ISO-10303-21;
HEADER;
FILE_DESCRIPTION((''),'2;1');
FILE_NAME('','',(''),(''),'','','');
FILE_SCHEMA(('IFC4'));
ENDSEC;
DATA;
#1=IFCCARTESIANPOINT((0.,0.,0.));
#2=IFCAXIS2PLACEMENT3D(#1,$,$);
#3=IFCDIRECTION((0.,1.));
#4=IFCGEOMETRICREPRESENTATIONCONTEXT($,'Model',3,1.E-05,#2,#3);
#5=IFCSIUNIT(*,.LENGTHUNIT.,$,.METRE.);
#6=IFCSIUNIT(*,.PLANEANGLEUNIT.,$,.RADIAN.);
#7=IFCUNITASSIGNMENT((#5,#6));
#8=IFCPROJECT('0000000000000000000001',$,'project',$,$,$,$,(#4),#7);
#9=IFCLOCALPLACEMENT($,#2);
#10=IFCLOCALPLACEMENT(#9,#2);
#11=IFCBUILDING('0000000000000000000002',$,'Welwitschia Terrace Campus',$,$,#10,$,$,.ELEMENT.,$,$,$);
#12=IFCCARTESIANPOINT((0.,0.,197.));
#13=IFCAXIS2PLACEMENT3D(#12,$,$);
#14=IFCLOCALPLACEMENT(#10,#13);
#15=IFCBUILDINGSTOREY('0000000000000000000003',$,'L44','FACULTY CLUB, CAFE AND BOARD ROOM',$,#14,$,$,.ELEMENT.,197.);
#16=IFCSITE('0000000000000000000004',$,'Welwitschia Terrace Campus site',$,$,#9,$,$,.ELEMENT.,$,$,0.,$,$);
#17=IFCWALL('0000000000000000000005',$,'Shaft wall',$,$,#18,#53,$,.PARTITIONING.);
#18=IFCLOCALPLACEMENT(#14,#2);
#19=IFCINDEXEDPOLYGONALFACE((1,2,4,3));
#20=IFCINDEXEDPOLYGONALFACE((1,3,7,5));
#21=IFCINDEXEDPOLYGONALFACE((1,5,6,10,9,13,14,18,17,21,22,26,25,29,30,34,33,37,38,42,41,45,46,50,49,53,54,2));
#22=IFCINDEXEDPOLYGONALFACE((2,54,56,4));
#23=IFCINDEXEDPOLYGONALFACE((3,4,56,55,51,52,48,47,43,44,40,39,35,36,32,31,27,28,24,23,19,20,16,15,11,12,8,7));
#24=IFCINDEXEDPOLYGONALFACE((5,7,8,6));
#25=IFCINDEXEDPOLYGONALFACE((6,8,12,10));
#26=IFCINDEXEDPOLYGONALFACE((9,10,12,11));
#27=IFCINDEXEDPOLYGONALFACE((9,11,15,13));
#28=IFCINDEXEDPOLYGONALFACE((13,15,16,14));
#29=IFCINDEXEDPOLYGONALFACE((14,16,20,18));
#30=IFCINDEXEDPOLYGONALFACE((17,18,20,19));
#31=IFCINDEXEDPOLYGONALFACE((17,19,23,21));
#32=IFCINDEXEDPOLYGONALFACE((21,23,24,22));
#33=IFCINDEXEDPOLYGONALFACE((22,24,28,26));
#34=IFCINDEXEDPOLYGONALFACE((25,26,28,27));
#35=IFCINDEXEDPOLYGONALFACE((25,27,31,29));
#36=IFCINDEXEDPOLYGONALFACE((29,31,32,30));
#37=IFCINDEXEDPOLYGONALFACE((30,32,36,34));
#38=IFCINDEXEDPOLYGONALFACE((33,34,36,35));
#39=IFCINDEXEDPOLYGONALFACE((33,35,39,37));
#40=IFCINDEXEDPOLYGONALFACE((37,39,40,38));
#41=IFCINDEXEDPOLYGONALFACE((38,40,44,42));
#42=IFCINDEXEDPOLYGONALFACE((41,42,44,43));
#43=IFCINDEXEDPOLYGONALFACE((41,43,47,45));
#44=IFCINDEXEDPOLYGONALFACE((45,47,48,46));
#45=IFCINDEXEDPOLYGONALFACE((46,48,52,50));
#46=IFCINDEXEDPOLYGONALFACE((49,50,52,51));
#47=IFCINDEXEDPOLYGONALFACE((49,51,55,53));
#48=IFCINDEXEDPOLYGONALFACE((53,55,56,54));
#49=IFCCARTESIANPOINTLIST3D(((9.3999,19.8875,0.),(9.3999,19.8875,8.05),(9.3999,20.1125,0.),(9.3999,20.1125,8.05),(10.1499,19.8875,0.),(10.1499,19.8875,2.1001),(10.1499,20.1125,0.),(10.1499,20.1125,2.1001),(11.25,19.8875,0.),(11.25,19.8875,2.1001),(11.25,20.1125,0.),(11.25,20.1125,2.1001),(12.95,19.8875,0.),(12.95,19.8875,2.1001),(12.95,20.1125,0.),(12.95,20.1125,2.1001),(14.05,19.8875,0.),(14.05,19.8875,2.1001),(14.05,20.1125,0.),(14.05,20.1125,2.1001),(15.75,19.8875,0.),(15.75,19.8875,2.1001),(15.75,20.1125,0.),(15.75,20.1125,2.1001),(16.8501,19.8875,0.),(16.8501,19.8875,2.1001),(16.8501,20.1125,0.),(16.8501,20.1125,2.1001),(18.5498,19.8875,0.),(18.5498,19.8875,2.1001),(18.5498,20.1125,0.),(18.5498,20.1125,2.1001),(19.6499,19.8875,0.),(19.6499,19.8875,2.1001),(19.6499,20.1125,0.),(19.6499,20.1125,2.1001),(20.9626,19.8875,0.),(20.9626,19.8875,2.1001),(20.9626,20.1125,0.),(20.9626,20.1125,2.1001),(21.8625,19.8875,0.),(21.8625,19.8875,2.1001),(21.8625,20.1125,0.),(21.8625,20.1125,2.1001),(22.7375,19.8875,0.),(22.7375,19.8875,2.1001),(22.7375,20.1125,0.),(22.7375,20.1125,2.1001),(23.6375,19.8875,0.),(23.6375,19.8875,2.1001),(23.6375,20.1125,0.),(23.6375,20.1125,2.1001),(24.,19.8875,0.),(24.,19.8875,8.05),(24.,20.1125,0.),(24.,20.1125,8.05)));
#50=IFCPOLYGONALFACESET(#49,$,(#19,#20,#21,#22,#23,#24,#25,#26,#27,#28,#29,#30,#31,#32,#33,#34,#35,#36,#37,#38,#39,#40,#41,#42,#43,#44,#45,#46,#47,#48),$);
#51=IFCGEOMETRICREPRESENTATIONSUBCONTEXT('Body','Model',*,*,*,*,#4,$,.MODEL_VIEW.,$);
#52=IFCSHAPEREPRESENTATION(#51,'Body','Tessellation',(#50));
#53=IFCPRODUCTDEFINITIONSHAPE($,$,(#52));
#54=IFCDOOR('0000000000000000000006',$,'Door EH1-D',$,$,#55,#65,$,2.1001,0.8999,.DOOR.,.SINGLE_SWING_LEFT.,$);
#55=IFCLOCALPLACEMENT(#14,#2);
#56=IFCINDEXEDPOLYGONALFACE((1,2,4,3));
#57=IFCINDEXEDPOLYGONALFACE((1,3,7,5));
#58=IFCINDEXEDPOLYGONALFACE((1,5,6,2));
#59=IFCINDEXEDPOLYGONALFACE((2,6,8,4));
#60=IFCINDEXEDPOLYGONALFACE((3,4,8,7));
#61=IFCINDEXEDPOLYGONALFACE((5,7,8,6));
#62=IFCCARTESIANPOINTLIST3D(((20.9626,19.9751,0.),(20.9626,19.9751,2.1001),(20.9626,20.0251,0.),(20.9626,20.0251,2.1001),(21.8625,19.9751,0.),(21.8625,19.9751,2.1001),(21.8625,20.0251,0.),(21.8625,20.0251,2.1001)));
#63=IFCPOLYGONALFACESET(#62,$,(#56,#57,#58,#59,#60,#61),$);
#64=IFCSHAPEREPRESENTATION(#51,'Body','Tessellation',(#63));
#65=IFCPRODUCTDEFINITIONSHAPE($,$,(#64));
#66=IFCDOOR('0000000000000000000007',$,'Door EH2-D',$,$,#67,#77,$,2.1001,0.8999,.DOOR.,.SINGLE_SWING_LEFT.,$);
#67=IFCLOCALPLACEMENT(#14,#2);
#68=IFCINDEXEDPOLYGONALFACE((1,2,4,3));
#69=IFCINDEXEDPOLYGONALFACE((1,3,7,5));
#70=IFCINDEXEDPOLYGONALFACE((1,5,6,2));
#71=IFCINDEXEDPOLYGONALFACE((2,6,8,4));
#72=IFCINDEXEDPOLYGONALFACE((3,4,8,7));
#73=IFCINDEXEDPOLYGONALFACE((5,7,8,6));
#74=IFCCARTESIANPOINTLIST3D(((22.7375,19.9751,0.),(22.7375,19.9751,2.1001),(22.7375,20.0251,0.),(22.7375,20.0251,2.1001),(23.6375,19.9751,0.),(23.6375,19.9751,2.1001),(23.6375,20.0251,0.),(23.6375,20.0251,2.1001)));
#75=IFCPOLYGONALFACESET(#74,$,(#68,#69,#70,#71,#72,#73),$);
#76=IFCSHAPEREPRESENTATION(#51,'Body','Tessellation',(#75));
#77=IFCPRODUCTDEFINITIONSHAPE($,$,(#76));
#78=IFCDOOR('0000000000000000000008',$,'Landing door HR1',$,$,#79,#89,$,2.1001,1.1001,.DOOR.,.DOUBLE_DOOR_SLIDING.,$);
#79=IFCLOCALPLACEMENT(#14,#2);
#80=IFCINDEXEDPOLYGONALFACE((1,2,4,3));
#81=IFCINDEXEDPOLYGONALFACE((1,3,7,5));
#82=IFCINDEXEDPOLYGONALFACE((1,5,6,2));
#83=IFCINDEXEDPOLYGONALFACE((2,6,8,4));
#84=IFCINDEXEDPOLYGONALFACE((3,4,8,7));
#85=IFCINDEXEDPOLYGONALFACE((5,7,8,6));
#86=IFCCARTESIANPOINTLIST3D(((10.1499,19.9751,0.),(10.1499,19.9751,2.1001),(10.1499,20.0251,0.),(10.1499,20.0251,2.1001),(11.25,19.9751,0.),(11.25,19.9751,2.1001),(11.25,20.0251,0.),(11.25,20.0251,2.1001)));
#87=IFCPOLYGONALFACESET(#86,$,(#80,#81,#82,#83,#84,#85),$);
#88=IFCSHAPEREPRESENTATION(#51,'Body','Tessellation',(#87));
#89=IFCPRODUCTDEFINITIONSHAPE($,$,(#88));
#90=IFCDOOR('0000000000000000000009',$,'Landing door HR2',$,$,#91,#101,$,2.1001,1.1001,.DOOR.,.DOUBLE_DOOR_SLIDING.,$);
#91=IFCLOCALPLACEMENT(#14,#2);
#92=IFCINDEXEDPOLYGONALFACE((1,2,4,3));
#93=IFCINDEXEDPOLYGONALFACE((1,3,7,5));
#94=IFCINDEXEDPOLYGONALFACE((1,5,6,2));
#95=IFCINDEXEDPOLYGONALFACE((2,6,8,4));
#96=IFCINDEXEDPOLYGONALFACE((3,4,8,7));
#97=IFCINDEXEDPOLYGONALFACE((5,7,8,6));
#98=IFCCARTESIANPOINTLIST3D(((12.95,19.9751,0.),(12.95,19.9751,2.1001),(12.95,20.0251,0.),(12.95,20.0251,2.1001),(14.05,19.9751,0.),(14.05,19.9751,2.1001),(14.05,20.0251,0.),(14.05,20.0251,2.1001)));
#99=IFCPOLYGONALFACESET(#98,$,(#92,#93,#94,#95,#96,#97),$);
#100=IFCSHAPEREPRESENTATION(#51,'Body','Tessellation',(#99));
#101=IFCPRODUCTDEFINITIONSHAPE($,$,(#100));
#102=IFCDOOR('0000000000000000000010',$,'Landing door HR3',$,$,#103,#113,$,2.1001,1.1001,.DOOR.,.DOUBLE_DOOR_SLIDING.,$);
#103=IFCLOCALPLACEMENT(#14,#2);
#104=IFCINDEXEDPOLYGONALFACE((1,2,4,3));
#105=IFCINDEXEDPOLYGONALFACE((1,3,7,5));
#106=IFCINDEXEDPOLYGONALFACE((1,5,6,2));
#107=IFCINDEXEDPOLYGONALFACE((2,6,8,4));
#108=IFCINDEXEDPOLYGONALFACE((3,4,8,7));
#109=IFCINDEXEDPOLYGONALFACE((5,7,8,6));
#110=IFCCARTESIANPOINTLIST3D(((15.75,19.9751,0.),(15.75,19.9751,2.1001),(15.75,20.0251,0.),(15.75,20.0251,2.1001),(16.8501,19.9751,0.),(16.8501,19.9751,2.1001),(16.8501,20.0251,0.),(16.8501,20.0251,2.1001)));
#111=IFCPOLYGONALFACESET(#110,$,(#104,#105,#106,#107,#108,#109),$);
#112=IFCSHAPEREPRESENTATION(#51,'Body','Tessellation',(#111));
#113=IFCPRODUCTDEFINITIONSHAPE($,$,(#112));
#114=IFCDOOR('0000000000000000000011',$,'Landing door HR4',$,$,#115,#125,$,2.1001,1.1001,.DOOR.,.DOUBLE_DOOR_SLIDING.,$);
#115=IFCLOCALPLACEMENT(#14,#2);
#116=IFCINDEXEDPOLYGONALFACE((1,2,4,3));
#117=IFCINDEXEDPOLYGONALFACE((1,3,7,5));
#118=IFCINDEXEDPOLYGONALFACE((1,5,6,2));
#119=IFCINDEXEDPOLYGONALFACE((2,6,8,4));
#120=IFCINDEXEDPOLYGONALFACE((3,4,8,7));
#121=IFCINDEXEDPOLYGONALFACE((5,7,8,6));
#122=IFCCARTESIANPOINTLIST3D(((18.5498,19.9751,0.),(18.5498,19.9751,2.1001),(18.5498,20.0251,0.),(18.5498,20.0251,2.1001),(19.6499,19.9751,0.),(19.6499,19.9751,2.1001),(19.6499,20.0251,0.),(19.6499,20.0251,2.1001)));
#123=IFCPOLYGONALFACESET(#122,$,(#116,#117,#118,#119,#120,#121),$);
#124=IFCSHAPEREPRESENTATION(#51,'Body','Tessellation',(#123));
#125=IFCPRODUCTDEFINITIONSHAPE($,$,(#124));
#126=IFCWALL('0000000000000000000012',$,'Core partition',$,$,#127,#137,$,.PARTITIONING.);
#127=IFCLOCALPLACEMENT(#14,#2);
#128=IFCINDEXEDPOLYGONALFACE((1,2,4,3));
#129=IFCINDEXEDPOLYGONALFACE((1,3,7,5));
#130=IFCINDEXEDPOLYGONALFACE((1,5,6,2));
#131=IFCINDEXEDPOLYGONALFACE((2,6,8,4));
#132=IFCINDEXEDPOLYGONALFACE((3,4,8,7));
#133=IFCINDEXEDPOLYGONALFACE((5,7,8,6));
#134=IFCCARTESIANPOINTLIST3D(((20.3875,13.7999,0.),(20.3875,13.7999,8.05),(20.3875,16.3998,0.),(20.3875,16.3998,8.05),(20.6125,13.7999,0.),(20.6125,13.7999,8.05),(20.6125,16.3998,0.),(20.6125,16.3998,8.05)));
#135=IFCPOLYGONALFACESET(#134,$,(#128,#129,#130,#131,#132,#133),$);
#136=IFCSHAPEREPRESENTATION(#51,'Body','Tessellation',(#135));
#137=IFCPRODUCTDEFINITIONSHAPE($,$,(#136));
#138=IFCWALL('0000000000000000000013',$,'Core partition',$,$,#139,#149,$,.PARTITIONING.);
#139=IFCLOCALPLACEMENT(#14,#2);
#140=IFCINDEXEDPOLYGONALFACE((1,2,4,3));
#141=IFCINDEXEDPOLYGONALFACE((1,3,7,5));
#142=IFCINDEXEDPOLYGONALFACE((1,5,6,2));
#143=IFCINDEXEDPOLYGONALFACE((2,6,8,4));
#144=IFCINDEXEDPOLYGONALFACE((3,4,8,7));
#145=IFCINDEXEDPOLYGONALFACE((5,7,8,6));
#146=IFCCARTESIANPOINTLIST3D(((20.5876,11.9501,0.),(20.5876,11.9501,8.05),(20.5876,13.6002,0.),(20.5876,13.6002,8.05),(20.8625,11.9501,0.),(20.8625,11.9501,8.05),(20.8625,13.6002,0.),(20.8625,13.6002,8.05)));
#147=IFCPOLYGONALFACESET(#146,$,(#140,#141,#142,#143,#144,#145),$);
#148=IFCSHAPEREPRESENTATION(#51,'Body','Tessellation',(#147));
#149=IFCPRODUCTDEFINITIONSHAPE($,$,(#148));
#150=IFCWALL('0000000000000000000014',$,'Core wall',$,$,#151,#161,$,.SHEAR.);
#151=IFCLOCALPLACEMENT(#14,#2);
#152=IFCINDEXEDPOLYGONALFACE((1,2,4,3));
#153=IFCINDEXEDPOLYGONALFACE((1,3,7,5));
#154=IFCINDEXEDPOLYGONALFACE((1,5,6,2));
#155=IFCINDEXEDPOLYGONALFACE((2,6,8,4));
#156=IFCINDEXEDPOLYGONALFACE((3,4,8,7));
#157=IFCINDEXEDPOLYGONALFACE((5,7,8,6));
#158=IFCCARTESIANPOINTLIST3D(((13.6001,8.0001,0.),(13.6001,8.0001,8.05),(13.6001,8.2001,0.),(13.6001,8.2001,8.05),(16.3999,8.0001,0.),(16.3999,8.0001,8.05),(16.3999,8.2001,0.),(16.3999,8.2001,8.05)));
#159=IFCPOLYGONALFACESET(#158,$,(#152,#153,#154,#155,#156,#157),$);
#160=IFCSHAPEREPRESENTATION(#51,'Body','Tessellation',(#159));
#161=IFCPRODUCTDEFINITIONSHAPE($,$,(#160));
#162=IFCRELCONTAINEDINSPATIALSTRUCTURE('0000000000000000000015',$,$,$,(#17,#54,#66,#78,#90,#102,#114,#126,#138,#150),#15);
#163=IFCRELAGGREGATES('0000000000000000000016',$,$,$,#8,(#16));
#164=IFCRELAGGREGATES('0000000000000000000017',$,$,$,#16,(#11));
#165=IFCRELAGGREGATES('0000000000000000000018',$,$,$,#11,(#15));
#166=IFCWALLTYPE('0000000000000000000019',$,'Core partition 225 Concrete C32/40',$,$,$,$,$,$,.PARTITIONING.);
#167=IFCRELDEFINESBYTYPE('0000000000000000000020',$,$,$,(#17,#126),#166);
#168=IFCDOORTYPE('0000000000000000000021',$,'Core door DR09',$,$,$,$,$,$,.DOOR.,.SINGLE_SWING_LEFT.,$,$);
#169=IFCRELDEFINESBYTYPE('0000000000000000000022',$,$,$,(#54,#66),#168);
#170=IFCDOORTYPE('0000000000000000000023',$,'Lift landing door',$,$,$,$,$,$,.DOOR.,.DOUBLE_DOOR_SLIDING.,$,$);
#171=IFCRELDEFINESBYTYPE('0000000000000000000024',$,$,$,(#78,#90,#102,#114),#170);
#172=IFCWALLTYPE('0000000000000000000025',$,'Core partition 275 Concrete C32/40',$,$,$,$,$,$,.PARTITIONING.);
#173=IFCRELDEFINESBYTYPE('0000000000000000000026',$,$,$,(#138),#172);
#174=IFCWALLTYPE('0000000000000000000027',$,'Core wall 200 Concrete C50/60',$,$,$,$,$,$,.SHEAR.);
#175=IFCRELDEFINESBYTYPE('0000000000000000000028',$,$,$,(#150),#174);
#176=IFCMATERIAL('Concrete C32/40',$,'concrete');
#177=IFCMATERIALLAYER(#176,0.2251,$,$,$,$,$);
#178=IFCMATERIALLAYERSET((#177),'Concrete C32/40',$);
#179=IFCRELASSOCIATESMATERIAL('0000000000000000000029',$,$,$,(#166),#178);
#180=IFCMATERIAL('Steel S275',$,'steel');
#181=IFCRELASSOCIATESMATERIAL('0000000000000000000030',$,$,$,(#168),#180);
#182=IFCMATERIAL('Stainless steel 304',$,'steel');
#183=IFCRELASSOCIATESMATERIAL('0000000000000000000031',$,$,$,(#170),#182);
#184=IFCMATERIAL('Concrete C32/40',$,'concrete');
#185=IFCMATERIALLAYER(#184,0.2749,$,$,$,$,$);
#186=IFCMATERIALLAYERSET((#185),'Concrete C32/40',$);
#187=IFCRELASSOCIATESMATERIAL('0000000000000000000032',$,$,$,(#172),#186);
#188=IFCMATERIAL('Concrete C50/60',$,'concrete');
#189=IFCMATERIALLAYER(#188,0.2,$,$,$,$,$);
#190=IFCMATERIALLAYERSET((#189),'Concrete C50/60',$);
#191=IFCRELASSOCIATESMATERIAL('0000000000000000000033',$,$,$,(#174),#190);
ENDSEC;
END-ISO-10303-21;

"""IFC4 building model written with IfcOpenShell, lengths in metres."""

from ifc_helpers import new_model, si_unit, direction, frame, frame_2d, origin, place, context, subcontext, project, spatial, rectangle, extrude, material, layer, layer_set, type_object, element, fill, save


model = new_model("IFC4")

# Units and contexts
model_context = context("Model", 3, precision=1e-05, world=origin(), true_north=direction((0.0, 1.0)))
body_context = subcontext(model_context, "Body", "Model", "MODEL_VIEW")
ifc_project = project(units=[si_unit("LENGTHUNIT", "METRE"), si_unit("PLANEANGLEUNIT", "RADIAN")], contexts=[model_context])

# Site, building, storey
site_placement = place(None, origin())
site = spatial("IfcSite", under=ifc_project, at=site_placement, Name="Welwitschia Terrace Campus site", CompositionType="ELEMENT", RefElevation=0.0)
building_placement = place(site_placement, origin())
building = spatial("IfcBuilding", under=site, at=building_placement, Name="Welwitschia Terrace Campus", CompositionType="ELEMENT")
storey_placement = place(building_placement, frame((0.0, 0.0, 197.0)))
storey = spatial("IfcBuildingStorey", under=building, at=storey_placement, Name="L44", Description="FACULTY CLUB, CAFE AND BOARD ROOM", CompositionType="ELEMENT", Elevation=197.0)

# Shared definitions
ifc_material_1 = material(Name="Concrete C32/40", Category="concrete")
ifc_layer_1 = layer(ifc_material_1, 0.2251)
ifc_layer_set_1 = layer_set([ifc_layer_1], Name="Concrete C32/40")
wall_type_1 = type_object("IfcWallType", Name="Core partition 225 Concrete C32/40", PredefinedType="PARTITIONING", material=ifc_layer_set_1)

# Wall, openings, doors
wall_1_placement = place(storey_placement, frame((24.0, 20.0, 0.0), z_axis=(0.0, 0.0, 1.0), x_axis=(-1.0, 0.0, 0.0)))
wall_1 = element("IfcWall", 1, at=wall_1_placement, inside=storey, type_object=wall_type_1, Name="Shaft wall", PredefinedType="PARTITIONING", context=body_context, shape_type="SweptSolid", body=[
    extrude(rectangle(XDim=14.6001, YDim=0.2251, at=frame_2d((7.3, 0.0))), origin(), (0.0, 0.0, 1.0), 8.05),
])
opening_1_placement = place(wall_1_placement, frame((12.75, 0.0, 0.0)))
opening_1 = element("IfcOpeningElement", 2, at=opening_1_placement, cuts=wall_1, PredefinedType="OPENING", context=body_context, shape_type="SweptSolid", body=[
    extrude(rectangle(XDim=1.1001, YDim=2.1001, at=frame_2d((0.55, 1.05))), frame((0.0, 0.1226, 0.0), z_axis=(0.0, -1.0, 0.0), x_axis=(1.0, 0.0, 0.0)), (0.0, 0.0, 1.0), 0.2451),
])
opening_2_placement = place(wall_1_placement, frame((9.95, 0.0, 0.0)))
opening_2 = element("IfcOpeningElement", 3, at=opening_2_placement, cuts=wall_1, PredefinedType="OPENING", context=body_context, shape_type="SweptSolid", body=[
    extrude(rectangle(XDim=1.1001, YDim=2.1001, at=frame_2d((0.55, 1.05))), frame((0.0, 0.1226, 0.0), z_axis=(0.0, -1.0, 0.0), x_axis=(1.0, 0.0, 0.0)), (0.0, 0.0, 1.0), 0.2451),
])
opening_3_placement = place(wall_1_placement, frame((7.1499, 0.0, 0.0)))
opening_3 = element("IfcOpeningElement", 4, at=opening_3_placement, cuts=wall_1, PredefinedType="OPENING", context=body_context, shape_type="SweptSolid", body=[
    extrude(rectangle(XDim=1.1001, YDim=2.1001, at=frame_2d((0.55, 1.05))), frame((0.0, 0.1226, 0.0), z_axis=(0.0, -1.0, 0.0), x_axis=(1.0, 0.0, 0.0)), (0.0, 0.0, 1.0), 0.2451),
])
opening_4_placement = place(wall_1_placement, frame((4.3501, 0.0, 0.0)))
opening_4 = element("IfcOpeningElement", 5, at=opening_4_placement, cuts=wall_1, PredefinedType="OPENING", context=body_context, shape_type="SweptSolid", body=[
    extrude(rectangle(XDim=1.1001, YDim=2.1001, at=frame_2d((0.55, 1.05))), frame((0.0, 0.1226, 0.0), z_axis=(0.0, -1.0, 0.0), x_axis=(1.0, 0.0, 0.0)), (0.0, 0.0, 1.0), 0.2451),
])
opening_5_placement = place(wall_1_placement, frame((2.1375, 0.0, 0.0)))
opening_5 = element("IfcOpeningElement", 6, at=opening_5_placement, cuts=wall_1, PredefinedType="OPENING", context=body_context, shape_type="SweptSolid", body=[
    extrude(rectangle(XDim=0.8999, YDim=2.1001, at=frame_2d((0.45, 1.05))), frame((0.0, 0.1226, 0.0), z_axis=(0.0, -1.0, 0.0), x_axis=(1.0, 0.0, 0.0)), (0.0, 0.0, 1.0), 0.2451),
])
opening_6_placement = place(wall_1_placement, frame((0.3625, 0.0, 0.0)))
opening_6 = element("IfcOpeningElement", 7, at=opening_6_placement, cuts=wall_1, PredefinedType="OPENING", context=body_context, shape_type="SweptSolid", body=[
    extrude(rectangle(XDim=0.8999, YDim=2.1001, at=frame_2d((0.45, 1.05))), frame((0.0, 0.1226, 0.0), z_axis=(0.0, -1.0, 0.0), x_axis=(1.0, 0.0, 0.0)), (0.0, 0.0, 1.0), 0.2451),
])
ifc_material_2 = material(Name="Steel S275", Category="steel")
door_type_1 = type_object("IfcDoorType", Name="Core door DR09", OperationType="SINGLE_SWING_LEFT", PredefinedType="DOOR", material=ifc_material_2)
door_1_placement = place(opening_5_placement, origin())
door_1 = element("IfcDoor", 8, at=door_1_placement, inside=storey, type_object=door_type_1, Name="Door EH1-D", OperationType="SINGLE_SWING_LEFT", OverallHeight=2.1001, OverallWidth=0.8999, PredefinedType="DOOR", context=body_context, shape_type="SweptSolid", body=[
    extrude(rectangle(XDim=0.8999, YDim=2.1001, at=frame_2d((0.45, 1.05))), frame((0.0, 0.0249, 0.0), z_axis=(0.0, -1.0, 0.0), x_axis=(1.0, 0.0, 0.0)), (0.0, 0.0, 1.0), 0.05),
])
fill(opening_5, door_1)
door_2_placement = place(opening_6_placement, origin())
door_2 = element("IfcDoor", 9, at=door_2_placement, inside=storey, type_object=door_type_1, Name="Door EH2-D", OperationType="SINGLE_SWING_LEFT", OverallHeight=2.1001, OverallWidth=0.8999, PredefinedType="DOOR", context=body_context, shape_type="SweptSolid", body=[
    extrude(rectangle(XDim=0.8999, YDim=2.1001, at=frame_2d((0.45, 1.05))), frame((0.0, 0.0249, 0.0), z_axis=(0.0, -1.0, 0.0), x_axis=(1.0, 0.0, 0.0)), (0.0, 0.0, 1.0), 0.05),
])
fill(opening_6, door_2)
ifc_material_3 = material(Name="Stainless steel 304", Category="steel")
door_type_2 = type_object("IfcDoorType", Name="Lift landing door", OperationType="DOUBLE_DOOR_SLIDING", PredefinedType="DOOR", material=ifc_material_3)
door_3_placement = place(opening_1_placement, origin())
door_3 = element("IfcDoor", 10, at=door_3_placement, inside=storey, type_object=door_type_2, Name="Landing door HR1", OperationType="DOUBLE_DOOR_SLIDING", OverallHeight=2.1001, OverallWidth=1.1001, PredefinedType="DOOR", context=body_context, shape_type="SweptSolid", body=[
    extrude(rectangle(XDim=1.1001, YDim=2.1001, at=frame_2d((0.55, 1.05))), frame((0.0, 0.0249, 0.0), z_axis=(0.0, -1.0, 0.0), x_axis=(1.0, 0.0, 0.0)), (0.0, 0.0, 1.0), 0.05),
])
fill(opening_1, door_3)
door_4_placement = place(opening_2_placement, origin())
door_4 = element("IfcDoor", 11, at=door_4_placement, inside=storey, type_object=door_type_2, Name="Landing door HR2", OperationType="DOUBLE_DOOR_SLIDING", OverallHeight=2.1001, OverallWidth=1.1001, PredefinedType="DOOR", context=body_context, shape_type="SweptSolid", body=[
    extrude(rectangle(XDim=1.1001, YDim=2.1001, at=frame_2d((0.55, 1.05))), frame((0.0, 0.0249, 0.0), z_axis=(0.0, -1.0, 0.0), x_axis=(1.0, 0.0, 0.0)), (0.0, 0.0, 1.0), 0.05),
])
fill(opening_2, door_4)
door_5_placement = place(opening_3_placement, origin())
door_5 = element("IfcDoor", 12, at=door_5_placement, inside=storey, type_object=door_type_2, Name="Landing door HR3", OperationType="DOUBLE_DOOR_SLIDING", OverallHeight=2.1001, OverallWidth=1.1001, PredefinedType="DOOR", context=body_context, shape_type="SweptSolid", body=[
    extrude(rectangle(XDim=1.1001, YDim=2.1001, at=frame_2d((0.55, 1.05))), frame((0.0, 0.0249, 0.0), z_axis=(0.0, -1.0, 0.0), x_axis=(1.0, 0.0, 0.0)), (0.0, 0.0, 1.0), 0.05),
])
fill(opening_3, door_5)
door_6_placement = place(opening_4_placement, origin())
door_6 = element("IfcDoor", 13, at=door_6_placement, inside=storey, type_object=door_type_2, Name="Landing door HR4", OperationType="DOUBLE_DOOR_SLIDING", OverallHeight=2.1001, OverallWidth=1.1001, PredefinedType="DOOR", context=body_context, shape_type="SweptSolid", body=[
    extrude(rectangle(XDim=1.1001, YDim=2.1001, at=frame_2d((0.55, 1.05))), frame((0.0, 0.0249, 0.0), z_axis=(0.0, -1.0, 0.0), x_axis=(1.0, 0.0, 0.0)), (0.0, 0.0, 1.0), 0.05),
])
fill(opening_4, door_6)

# Walls
wall_2_placement = place(storey_placement, frame((20.5, 13.8, 0.0), z_axis=(0.0, 0.0, 1.0), x_axis=(0.0, 1.0, 0.0)))
element("IfcWall", 14, at=wall_2_placement, inside=storey, type_object=wall_type_1, Name="Core partition", PredefinedType="PARTITIONING", context=body_context, shape_type="SweptSolid", body=[
    extrude(rectangle(XDim=2.5999, YDim=0.2251, at=frame_2d((1.2998, 0.0))), origin(), (0.0, 0.0, 1.0), 8.05),
])
ifc_material_4 = material(Name="Concrete C32/40", Category="concrete")
ifc_layer_2 = layer(ifc_material_4, 0.2749)
ifc_layer_set_2 = layer_set([ifc_layer_2], Name="Concrete C32/40")
wall_type_2 = type_object("IfcWallType", Name="Core partition 275 Concrete C32/40", PredefinedType="PARTITIONING", material=ifc_layer_set_2)
wall_3_placement = place(storey_placement, frame((20.7251, 11.95, 0.0), z_axis=(0.0, 0.0, 1.0), x_axis=(0.0, 1.0, 0.0)))
element("IfcWall", 15, at=wall_3_placement, inside=storey, type_object=wall_type_2, Name="Core partition", PredefinedType="PARTITIONING", context=body_context, shape_type="SweptSolid", body=[
    extrude(rectangle(XDim=1.6501, YDim=0.2749, at=frame_2d((0.8252, 0.0))), origin(), (0.0, 0.0, 1.0), 8.05),
])
ifc_material_5 = material(Name="Concrete C50/60", Category="concrete")
ifc_layer_3 = layer(ifc_material_5, 0.2)
ifc_layer_set_3 = layer_set([ifc_layer_3], Name="Concrete C50/60")
wall_type_3 = type_object("IfcWallType", Name="Core wall 200 Concrete C50/60", PredefinedType="SHEAR", material=ifc_layer_set_3)
for number, where, z_axis, x_axis, name in (
    (16, (13.6001, 8.1001, 0.0), (0.0, 0.0, 1.0), (1.0, 0.0, 0.0), "Core wall"),
):
    element("IfcWall", number, at=place(storey_placement, frame(where, z_axis=z_axis, x_axis=x_axis)), inside=storey, type_object=wall_type_3, Name=name, PredefinedType="SHEAR", context=body_context, shape_type="SweptSolid", body=[
        extrude(rectangle(XDim=2.7998, YDim=0.2, at=frame_2d((1.3999, 0.0))), origin(), (0.0, 0.0, 1.0), 8.05),
    ])

save(model, "model.ifc")
